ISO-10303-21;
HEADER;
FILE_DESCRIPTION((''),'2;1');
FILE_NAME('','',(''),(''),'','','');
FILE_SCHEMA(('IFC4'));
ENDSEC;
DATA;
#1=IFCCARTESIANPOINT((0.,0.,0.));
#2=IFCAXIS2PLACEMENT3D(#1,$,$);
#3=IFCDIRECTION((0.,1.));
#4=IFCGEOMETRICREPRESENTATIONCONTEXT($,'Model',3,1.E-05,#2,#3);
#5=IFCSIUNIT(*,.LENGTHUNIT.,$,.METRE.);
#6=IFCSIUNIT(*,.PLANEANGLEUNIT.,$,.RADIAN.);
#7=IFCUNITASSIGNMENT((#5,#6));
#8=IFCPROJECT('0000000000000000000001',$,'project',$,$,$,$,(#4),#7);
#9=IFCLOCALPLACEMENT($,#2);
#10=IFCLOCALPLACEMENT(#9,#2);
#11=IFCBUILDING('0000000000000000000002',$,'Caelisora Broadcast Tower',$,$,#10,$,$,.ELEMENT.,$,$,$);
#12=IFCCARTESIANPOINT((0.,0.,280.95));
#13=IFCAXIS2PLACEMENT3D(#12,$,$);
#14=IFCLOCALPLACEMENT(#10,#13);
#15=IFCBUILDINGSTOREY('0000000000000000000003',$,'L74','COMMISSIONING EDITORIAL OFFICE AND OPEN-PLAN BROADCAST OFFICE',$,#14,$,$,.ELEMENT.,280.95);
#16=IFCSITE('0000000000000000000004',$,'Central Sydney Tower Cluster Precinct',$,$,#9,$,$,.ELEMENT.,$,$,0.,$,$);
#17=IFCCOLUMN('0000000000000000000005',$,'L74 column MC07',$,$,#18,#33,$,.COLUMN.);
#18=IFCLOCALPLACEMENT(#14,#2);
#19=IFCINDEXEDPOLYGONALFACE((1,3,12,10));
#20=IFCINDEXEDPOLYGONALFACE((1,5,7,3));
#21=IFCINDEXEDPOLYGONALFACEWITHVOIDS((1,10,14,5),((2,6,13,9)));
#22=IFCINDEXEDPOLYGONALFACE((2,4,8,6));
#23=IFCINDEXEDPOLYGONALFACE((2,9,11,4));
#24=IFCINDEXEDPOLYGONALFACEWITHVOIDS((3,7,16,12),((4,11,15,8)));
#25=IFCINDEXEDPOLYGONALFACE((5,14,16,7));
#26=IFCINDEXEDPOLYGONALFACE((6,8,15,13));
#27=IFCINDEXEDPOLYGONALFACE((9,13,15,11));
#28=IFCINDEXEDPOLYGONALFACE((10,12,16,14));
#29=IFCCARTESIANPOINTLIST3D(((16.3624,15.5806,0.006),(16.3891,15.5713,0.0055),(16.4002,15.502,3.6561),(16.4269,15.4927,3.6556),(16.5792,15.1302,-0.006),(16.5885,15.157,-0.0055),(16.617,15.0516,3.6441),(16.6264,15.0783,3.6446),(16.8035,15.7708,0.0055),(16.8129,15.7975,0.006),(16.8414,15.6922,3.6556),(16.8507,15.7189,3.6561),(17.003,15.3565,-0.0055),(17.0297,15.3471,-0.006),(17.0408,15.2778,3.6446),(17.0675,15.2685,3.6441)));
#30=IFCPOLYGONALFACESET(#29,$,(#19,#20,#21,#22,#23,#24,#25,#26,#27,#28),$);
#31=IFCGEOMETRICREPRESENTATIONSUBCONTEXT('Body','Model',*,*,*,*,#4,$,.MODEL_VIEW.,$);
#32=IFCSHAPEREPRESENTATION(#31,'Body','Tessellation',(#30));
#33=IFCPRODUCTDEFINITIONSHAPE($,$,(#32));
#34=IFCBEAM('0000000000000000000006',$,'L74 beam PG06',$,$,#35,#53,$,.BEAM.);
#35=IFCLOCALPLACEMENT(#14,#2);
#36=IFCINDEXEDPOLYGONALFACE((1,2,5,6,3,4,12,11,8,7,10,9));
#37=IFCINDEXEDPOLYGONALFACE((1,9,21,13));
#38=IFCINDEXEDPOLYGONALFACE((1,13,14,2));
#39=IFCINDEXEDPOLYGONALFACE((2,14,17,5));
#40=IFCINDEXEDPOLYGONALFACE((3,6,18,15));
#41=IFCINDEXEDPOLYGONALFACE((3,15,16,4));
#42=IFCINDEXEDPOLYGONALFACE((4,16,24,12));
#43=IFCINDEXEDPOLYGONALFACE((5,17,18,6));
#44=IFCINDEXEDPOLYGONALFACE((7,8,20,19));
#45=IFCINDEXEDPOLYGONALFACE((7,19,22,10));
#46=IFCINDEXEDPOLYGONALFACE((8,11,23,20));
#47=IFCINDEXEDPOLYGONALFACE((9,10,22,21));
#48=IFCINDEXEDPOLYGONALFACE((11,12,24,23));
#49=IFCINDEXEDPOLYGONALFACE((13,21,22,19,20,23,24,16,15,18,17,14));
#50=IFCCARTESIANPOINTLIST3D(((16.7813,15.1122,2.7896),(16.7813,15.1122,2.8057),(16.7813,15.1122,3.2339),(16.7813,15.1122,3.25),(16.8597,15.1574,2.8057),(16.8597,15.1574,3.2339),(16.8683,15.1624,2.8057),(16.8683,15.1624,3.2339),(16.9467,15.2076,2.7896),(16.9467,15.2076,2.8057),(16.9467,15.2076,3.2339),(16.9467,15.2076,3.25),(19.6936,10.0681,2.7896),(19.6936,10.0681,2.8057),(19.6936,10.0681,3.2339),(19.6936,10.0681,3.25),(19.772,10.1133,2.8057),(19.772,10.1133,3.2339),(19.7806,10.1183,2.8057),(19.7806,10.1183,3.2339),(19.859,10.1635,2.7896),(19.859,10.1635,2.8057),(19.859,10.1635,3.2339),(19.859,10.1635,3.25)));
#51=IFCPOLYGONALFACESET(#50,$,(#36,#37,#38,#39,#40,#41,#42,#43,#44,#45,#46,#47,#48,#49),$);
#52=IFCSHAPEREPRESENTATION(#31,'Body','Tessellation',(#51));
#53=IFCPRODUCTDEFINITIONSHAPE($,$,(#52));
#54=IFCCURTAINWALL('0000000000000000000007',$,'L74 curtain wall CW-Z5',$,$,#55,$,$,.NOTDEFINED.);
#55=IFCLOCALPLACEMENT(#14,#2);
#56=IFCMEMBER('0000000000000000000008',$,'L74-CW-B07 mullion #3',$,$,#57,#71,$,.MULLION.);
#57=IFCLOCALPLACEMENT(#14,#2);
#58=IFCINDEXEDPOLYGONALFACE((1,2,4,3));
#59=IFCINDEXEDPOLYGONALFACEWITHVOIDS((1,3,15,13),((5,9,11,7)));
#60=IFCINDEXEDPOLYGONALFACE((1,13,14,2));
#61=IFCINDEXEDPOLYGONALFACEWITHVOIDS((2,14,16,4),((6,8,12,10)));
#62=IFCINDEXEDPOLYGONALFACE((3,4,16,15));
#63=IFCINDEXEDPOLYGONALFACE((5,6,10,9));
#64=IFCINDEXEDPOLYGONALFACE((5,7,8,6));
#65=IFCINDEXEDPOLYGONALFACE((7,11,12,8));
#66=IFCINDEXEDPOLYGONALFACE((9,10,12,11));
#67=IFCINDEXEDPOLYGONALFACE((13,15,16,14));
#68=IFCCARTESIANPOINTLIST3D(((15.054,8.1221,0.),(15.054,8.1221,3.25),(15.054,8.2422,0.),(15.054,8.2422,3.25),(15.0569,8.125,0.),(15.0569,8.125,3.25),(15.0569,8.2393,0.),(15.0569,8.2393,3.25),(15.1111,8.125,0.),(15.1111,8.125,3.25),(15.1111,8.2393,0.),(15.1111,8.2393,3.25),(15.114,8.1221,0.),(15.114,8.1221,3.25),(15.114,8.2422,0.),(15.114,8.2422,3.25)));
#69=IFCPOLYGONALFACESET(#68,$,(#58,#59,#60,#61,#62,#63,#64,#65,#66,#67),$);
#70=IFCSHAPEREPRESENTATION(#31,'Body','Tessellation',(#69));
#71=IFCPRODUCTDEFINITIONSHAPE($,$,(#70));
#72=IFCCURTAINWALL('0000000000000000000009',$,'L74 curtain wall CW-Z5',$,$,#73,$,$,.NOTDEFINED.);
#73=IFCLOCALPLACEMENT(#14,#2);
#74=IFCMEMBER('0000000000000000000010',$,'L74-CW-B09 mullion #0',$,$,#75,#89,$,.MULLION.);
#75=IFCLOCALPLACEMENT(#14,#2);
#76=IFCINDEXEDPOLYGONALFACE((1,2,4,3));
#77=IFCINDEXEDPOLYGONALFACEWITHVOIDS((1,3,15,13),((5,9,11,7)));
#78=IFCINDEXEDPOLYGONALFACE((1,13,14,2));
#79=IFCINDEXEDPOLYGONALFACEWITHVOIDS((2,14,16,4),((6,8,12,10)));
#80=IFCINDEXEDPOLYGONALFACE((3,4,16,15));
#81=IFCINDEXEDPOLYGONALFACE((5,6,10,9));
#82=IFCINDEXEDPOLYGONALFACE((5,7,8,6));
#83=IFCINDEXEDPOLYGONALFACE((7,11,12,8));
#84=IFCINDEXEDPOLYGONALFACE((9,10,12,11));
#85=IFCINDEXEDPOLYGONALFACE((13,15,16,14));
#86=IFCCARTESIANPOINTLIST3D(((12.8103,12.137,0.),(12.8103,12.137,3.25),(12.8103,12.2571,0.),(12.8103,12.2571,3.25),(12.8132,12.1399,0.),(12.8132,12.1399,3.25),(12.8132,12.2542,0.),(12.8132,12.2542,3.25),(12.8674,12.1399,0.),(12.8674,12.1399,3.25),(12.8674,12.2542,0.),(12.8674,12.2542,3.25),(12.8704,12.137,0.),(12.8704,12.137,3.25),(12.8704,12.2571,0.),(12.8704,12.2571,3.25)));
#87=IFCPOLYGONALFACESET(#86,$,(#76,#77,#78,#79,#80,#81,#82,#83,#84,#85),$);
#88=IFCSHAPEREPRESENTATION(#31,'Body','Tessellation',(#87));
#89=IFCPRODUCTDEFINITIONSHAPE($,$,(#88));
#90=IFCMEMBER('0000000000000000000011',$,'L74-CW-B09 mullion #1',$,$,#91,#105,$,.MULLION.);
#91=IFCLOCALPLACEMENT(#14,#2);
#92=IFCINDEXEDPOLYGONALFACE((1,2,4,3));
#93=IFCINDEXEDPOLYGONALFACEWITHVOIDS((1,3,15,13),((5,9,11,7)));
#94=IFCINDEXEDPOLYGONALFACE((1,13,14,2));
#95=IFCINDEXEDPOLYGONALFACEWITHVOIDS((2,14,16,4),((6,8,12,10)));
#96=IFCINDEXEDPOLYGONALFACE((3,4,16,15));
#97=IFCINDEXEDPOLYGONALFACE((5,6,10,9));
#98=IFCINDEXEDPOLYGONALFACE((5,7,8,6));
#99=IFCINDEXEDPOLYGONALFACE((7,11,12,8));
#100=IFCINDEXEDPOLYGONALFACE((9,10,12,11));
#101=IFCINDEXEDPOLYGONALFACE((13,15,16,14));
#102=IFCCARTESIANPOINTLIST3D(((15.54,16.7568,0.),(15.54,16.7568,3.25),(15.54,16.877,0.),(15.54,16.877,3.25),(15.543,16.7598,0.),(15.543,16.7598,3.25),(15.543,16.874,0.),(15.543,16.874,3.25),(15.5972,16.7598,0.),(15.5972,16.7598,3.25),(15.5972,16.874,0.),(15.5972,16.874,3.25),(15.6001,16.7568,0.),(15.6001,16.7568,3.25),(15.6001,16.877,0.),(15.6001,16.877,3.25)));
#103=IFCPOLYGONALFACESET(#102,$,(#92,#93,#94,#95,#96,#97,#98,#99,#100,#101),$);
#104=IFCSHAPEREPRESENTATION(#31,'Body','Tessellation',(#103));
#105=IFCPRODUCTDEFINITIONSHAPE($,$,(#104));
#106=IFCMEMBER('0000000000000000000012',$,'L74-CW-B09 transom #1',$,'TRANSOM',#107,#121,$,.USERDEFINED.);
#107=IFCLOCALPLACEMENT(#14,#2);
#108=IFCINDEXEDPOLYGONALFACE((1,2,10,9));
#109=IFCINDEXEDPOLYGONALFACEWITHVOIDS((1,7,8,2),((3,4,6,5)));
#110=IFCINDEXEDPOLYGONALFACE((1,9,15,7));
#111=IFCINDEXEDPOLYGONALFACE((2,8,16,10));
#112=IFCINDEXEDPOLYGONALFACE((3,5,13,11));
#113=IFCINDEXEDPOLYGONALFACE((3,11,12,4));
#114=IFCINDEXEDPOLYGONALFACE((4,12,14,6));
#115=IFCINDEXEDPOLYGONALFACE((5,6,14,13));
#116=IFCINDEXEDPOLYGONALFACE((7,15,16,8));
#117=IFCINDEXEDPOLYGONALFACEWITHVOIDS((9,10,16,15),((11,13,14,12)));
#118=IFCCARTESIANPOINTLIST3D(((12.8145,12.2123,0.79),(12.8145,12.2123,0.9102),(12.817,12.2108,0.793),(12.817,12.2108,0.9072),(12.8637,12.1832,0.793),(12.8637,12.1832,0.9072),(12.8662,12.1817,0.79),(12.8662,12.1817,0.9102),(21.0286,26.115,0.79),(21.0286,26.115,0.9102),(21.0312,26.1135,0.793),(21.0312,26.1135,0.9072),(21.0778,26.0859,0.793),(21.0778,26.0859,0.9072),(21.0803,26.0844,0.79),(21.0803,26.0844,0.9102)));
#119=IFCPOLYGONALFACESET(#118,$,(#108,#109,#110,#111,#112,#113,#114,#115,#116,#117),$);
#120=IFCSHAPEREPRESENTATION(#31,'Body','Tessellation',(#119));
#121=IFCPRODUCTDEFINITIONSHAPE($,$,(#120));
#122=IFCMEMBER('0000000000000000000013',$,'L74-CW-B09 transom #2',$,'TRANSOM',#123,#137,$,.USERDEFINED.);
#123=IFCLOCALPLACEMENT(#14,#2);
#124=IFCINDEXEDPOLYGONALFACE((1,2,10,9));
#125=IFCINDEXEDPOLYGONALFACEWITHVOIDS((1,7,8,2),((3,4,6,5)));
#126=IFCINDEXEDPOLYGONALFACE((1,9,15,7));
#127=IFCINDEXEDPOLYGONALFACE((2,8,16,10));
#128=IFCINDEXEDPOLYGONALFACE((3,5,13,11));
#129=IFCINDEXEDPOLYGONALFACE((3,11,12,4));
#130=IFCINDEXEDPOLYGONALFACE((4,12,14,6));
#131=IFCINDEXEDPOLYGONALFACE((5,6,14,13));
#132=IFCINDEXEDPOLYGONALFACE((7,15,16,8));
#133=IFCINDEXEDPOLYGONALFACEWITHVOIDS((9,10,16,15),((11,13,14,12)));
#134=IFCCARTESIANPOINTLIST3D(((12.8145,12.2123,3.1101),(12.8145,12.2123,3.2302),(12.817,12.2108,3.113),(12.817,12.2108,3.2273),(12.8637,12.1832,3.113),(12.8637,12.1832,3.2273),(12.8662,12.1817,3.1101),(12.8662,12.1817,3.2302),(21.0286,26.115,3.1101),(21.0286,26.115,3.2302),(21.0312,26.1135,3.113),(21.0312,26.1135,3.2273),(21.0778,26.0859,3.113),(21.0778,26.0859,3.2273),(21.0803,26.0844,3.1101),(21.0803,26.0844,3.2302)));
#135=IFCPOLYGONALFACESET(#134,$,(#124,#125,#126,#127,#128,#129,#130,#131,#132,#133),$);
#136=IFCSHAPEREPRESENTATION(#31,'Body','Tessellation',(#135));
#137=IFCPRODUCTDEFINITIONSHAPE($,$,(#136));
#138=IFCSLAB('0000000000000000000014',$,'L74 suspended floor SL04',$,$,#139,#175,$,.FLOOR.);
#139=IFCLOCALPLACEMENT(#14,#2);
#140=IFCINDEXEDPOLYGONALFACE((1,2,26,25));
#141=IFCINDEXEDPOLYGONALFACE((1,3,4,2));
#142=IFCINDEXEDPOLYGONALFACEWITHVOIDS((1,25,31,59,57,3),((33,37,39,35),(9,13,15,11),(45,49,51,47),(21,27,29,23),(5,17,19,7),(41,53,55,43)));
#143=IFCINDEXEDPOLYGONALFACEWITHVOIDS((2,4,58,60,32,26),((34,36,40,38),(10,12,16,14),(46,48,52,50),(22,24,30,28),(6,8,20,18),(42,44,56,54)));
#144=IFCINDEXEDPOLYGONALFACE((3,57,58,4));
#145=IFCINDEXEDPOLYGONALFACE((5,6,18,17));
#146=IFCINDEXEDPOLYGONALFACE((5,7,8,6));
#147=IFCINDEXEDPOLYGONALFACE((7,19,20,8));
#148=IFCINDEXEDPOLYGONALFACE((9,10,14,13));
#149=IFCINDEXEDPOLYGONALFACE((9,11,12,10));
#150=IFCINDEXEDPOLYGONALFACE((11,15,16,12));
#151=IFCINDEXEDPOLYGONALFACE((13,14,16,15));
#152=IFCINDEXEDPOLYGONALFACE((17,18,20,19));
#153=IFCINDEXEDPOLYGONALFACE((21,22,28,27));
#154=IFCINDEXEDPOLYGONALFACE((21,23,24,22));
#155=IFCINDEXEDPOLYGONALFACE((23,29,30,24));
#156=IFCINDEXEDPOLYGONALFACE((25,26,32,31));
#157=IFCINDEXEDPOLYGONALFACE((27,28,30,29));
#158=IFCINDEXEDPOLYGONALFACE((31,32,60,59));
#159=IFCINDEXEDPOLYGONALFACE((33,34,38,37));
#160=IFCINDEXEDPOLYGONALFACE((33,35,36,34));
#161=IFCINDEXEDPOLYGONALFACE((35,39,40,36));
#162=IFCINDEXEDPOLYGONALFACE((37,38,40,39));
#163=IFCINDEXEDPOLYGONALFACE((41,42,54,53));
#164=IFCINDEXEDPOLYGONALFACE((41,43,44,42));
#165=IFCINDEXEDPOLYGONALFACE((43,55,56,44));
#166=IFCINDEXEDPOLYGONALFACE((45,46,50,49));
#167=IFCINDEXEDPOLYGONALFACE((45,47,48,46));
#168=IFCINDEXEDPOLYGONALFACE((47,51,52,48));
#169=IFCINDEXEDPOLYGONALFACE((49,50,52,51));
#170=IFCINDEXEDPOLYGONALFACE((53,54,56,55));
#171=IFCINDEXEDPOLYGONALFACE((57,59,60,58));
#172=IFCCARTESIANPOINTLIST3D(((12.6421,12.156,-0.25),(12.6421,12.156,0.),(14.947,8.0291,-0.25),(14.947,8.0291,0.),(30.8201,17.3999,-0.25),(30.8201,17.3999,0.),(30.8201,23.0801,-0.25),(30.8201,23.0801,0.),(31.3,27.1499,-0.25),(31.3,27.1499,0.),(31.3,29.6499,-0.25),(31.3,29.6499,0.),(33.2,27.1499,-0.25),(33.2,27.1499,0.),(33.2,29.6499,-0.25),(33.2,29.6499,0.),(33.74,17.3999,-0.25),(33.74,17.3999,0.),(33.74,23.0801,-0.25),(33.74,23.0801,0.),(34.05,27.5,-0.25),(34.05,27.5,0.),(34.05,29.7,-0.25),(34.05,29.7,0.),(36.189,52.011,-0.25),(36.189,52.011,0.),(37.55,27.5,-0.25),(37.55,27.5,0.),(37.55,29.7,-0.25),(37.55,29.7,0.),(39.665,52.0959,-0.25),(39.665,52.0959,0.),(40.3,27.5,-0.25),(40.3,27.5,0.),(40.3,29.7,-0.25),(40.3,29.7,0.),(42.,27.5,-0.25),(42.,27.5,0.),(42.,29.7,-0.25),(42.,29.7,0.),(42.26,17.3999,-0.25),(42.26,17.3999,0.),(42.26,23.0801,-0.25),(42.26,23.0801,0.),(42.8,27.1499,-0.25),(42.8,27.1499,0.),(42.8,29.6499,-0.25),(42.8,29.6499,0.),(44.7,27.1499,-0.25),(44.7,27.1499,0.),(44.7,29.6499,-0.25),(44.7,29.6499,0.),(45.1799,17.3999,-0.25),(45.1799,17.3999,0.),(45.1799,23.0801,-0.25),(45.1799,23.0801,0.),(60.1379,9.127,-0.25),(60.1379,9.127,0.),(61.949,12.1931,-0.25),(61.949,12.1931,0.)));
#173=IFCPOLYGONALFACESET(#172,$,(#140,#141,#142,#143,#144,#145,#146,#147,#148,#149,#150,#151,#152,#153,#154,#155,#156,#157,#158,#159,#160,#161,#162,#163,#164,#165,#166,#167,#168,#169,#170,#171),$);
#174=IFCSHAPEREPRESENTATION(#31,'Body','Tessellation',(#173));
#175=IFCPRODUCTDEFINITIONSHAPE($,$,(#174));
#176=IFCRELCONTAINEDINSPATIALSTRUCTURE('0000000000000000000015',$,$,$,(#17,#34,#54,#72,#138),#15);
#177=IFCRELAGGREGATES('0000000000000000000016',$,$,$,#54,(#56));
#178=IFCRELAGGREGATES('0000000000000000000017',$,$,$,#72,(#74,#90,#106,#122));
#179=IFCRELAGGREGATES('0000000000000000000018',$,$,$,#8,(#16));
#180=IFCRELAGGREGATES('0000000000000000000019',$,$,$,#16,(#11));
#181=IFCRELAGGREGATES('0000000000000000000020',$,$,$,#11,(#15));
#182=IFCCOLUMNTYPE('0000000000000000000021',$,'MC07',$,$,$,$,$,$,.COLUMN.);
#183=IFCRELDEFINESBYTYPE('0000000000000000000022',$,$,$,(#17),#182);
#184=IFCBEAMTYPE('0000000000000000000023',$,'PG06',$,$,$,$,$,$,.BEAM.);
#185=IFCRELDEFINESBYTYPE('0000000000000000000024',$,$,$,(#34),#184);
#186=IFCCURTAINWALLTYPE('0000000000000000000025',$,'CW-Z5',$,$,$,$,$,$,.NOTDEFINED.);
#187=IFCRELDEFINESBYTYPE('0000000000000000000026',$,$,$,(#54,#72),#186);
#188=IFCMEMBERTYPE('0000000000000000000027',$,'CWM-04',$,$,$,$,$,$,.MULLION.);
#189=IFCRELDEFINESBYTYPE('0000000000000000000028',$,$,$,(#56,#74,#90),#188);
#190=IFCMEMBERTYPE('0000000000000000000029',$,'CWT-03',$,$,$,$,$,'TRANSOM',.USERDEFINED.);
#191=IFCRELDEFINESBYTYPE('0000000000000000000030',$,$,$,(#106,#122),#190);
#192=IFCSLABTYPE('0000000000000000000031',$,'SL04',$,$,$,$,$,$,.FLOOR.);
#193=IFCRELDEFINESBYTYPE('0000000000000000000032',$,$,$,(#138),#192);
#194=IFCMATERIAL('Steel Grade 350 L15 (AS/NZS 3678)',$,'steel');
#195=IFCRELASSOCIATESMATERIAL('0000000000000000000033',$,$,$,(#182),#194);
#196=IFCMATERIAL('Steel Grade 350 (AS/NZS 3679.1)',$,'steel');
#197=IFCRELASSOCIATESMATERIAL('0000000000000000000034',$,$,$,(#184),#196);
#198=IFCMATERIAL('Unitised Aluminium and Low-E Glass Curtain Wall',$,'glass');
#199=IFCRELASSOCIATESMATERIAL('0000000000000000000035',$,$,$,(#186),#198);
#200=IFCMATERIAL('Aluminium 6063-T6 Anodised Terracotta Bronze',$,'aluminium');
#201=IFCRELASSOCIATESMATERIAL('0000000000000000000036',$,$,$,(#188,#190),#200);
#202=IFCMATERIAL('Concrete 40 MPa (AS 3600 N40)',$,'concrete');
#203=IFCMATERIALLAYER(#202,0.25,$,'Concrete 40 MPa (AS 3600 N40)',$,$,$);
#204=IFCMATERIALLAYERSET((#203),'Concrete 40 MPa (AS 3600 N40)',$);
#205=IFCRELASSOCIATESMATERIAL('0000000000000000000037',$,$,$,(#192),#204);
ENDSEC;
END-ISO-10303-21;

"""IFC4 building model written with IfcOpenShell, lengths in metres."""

from ifc_helpers import new_model, si_unit, direction, frame, origin, origin_2d, place, context, subcontext, project, spatial, polyline, hollow_rectangle, i_section, outline, extrude, source, transform, mapped, material, layer, layer_set, material_profile, profile_set, type_object, type_shapes, element, aggregate, save


model = new_model("IFC4")

# Units and contexts
model_context = context("Model", 3, precision=1e-05, world=origin(), true_north=direction((0.0, 1.0)))
body_context = subcontext(model_context, "Body", "Model", "MODEL_VIEW")
ifc_project = project(units=[si_unit("LENGTHUNIT", "METRE"), si_unit("PLANEANGLEUNIT", "RADIAN")], contexts=[model_context])

# Site, building, storey
site_placement = place(None, origin())
site = spatial("IfcSite", under=ifc_project, at=site_placement, Name="Central Sydney Tower Cluster Precinct", CompositionType="ELEMENT", RefElevation=0.0)
building_placement = place(site_placement, origin())
building = spatial("IfcBuilding", under=site, at=building_placement, Name="Caelisora Broadcast Tower", CompositionType="ELEMENT")
storey_placement = place(building_placement, frame((0.0, 0.0, 280.95)))
storey = spatial("IfcBuildingStorey", under=building, at=storey_placement, Name="L74", Description="COMMISSIONING EDITORIAL OFFICE AND OPEN-PLAN BROADCAST OFFICE", CompositionType="ELEMENT", Elevation=280.95)

# Column
ifc_material_1 = material(Name="Steel Grade 350 L15 (AS/NZS 3678)", Category="steel")
ifc_material_profile_1 = material_profile(ifc_material_1, hollow_rectangle(XDim=0.5, YDim=0.5, WallThickness=0.02, at=origin_2d()), Name="Steel Grade 350 L15 (AS/NZS 3678)")
ifc_profile_set_1 = profile_set([ifc_material_profile_1], Name="Steel Grade 350 L15 (AS/NZS 3678)")
column_type = type_object("IfcColumnType", Name="MC07", PredefinedType="COLUMN", material=ifc_profile_set_1)
shared_shape_1 = source(origin(), body_context, "Body", "SweptSolid", [
    extrude(hollow_rectangle(XDim=0.5, YDim=0.5, WallThickness=0.02, at=origin_2d()), origin(), (0.0, 0.0, 1.0), 3.6511),
])
type_shapes(column_type, [shared_shape_1])
column_placement = place(storey_placement, frame((16.696, 15.4639, 0.0), z_axis=(0.010364, -0.021531, 0.999714), x_axis=(0.901042, 0.433731, 0.0)))
element("IfcColumn", 1, at=column_placement, inside=storey, type_object=column_type, Name="L74 column MC07", PredefinedType="COLUMN", context=body_context, shape_type="MappedRepresentation", body=[
    mapped(shared_shape_1, transform((0.0, 0.0, 0.0), scale=1.0)),
])

# Beam
ifc_material_2 = material(Name="Steel Grade 350 (AS/NZS 3679.1)", Category="steel")
ifc_material_profile_2 = material_profile(ifc_material_2, i_section(OverallWidth=0.1909, OverallDepth=0.4604, WebThickness=0.01, FlangeThickness=0.0161, at=origin_2d()), Name="Steel Grade 350 (AS/NZS 3679.1)")
ifc_profile_set_2 = profile_set([ifc_material_profile_2], Name="Steel Grade 350 (AS/NZS 3679.1)")
beam_type = type_object("IfcBeamType", Name="PG06", PredefinedType="BEAM", material=ifc_profile_set_2)
shared_shape_2 = source(origin(), body_context, "Body", "SweptSolid", [
    extrude(i_section(OverallWidth=0.1909, OverallDepth=0.4604, WebThickness=0.01, FlangeThickness=0.0161, at=origin_2d()), origin(), (0.0, 0.0, 1.0), 5.8245),
])
type_shapes(beam_type, [shared_shape_2])
beam_placement = place(storey_placement, frame((16.864, 15.1599, 3.0198), z_axis=(0.500012, -0.866019, 0.0), x_axis=(0.866019, 0.500012, 0.0)))
element("IfcBeam", 2, at=beam_placement, inside=storey, type_object=beam_type, Name="L74 beam PG06", PredefinedType="BEAM", context=body_context, shape_type="MappedRepresentation", body=[
    mapped(shared_shape_2, transform((0.0, 0.0, 0.0), scale=1.0)),
])

# Curtain wall, member
ifc_material_3 = material(Name="Unitised Aluminium and Low-E Glass Curtain Wall", Category="glass")
curtain_wall_type = type_object("IfcCurtainWallType", Name="CW-Z5", PredefinedType="NOTDEFINED", material=ifc_material_3)
curtain_wall_1_placement = place(storey_placement, origin())
curtain_wall_1 = element("IfcCurtainWall", 3, at=curtain_wall_1_placement, inside=storey, type_object=curtain_wall_type, Name="L74 curtain wall CW-Z5", PredefinedType="NOTDEFINED")
ifc_material_4 = material(Name="Aluminium 6063-T6 Anodised Terracotta Bronze", Category="aluminium")
ifc_material_profile_3 = material_profile(ifc_material_4, hollow_rectangle(XDim=0.0601, YDim=0.1201, WallThickness=0.0029, at=origin_2d()), Name="Aluminium 6063-T6 Anodised Terracotta Bronze")
ifc_profile_set_3 = profile_set([ifc_material_profile_3], Name="Aluminium 6063-T6 Anodised Terracotta Bronze")
member_type_1 = type_object("IfcMemberType", Name="CWM-04", PredefinedType="MULLION", material=ifc_profile_set_3)
shared_shape_3 = source(origin(), body_context, "Body", "SweptSolid", [
    extrude(hollow_rectangle(XDim=0.0601, YDim=0.1201, WallThickness=0.0029, at=origin_2d()), origin(), (0.0, 0.0, 1.0), 3.25),
])
type_shapes(member_type_1, [shared_shape_3])
member_1_placement = place(storey_placement, frame((15.084, 8.1821, 0.0), z_axis=(0.0, 0.0, 1.0), x_axis=(1.0, 0.0, 0.0)))
member_1 = element("IfcMember", 4, at=member_1_placement, type_object=member_type_1, Name="L74-CW-B07 mullion #3", PredefinedType="MULLION", context=body_context, shape_type="MappedRepresentation", body=[
    mapped(shared_shape_3, transform((0.0, 0.0, 0.0), scale=1.0)),
])

# Curtain wall, members
curtain_wall_2_placement = place(storey_placement, origin())
curtain_wall_2 = element("IfcCurtainWall", 5, at=curtain_wall_2_placement, inside=storey, type_object=curtain_wall_type, Name="L74 curtain wall CW-Z5", PredefinedType="NOTDEFINED")
member_2_placement = place(storey_placement, frame((12.8403, 12.197, 0.0), z_axis=(0.0, 0.0, 1.0), x_axis=(1.0, 0.0, 0.0)))
member_2 = element("IfcMember", 6, at=member_2_placement, type_object=member_type_1, Name="L74-CW-B09 mullion #0", PredefinedType="MULLION", context=body_context, shape_type="MappedRepresentation", body=[
    mapped(shared_shape_3, transform((0.0, 0.0, 0.0), scale=1.0)),
])
member_3_placement = place(storey_placement, frame((15.5701, 16.8169, 0.0), z_axis=(0.0, 0.0, 1.0), x_axis=(1.0, 0.0, 0.0)))
member_3 = element("IfcMember", 7, at=member_3_placement, type_object=member_type_1, Name="L74-CW-B09 mullion #1", PredefinedType="MULLION", context=body_context, shape_type="MappedRepresentation", body=[
    mapped(shared_shape_3, transform((0.0, 0.0, 0.0), scale=1.0)),
])
ifc_material_profile_4 = material_profile(ifc_material_4, hollow_rectangle(XDim=0.0601, YDim=0.1201, WallThickness=0.0029, at=origin_2d()), Name="Aluminium 6063-T6 Anodised Terracotta Bronze")
ifc_profile_set_4 = profile_set([ifc_material_profile_4], Name="Aluminium 6063-T6 Anodised Terracotta Bronze")
member_type_2 = type_object("IfcMemberType", Name="CWT-03", ElementType="TRANSOM", PredefinedType="USERDEFINED", material=ifc_profile_set_4)
shared_shape_4 = source(origin(), body_context, "Body", "SweptSolid", [
    extrude(hollow_rectangle(XDim=0.0601, YDim=0.1201, WallThickness=0.0029, at=origin_2d()), origin(), (0.0, 0.0, 1.0), 16.1479),
])
type_shapes(member_type_2, [shared_shape_4])
member_4_placement = place(storey_placement, frame((12.8403, 12.197, 0.8501), z_axis=(0.508681, 0.860955, 0.0), x_axis=(-0.860955, 0.508681, 0.0)))
member_4 = element("IfcMember", 8, at=member_4_placement, type_object=member_type_2, Name="L74-CW-B09 transom #1", ObjectType="TRANSOM", PredefinedType="USERDEFINED", context=body_context, shape_type="MappedRepresentation", body=[
    mapped(shared_shape_4, transform((0.0, 0.0, 0.0), scale=1.0)),
])
member_5_placement = place(storey_placement, frame((12.8403, 12.197, 3.1702), z_axis=(0.508681, 0.860955, 0.0), x_axis=(-0.860955, 0.508681, 0.0)))
member_5 = element("IfcMember", 9, at=member_5_placement, type_object=member_type_2, Name="L74-CW-B09 transom #2", ObjectType="TRANSOM", PredefinedType="USERDEFINED", context=body_context, shape_type="MappedRepresentation", body=[
    mapped(shared_shape_4, transform((0.0, 0.0, 0.0), scale=1.0)),
])

# Slab
ifc_material_5 = material(Name="Concrete 40 MPa (AS 3600 N40)", Category="concrete")
ifc_layer_1 = layer(ifc_material_5, 0.25, Name="Concrete 40 MPa (AS 3600 N40)")
ifc_layer_set_1 = layer_set([ifc_layer_1], Name="Concrete 40 MPa (AS 3600 N40)")
slab_type_1 = type_object("IfcSlabType", Name="SL04", PredefinedType="FLOOR", material=ifc_layer_set_1)
slab_1_placement = place(storey_placement, frame((0.0, 0.0, -0.25)))
element("IfcSlab", 10, at=slab_1_placement, inside=storey, type_object=slab_type_1, Name="L74 suspended floor SL04", PredefinedType="FLOOR", context=body_context, shape_type="SweptSolid", body=[
    extrude(outline(polyline([(39.665, 52.0959), (36.189, 52.011), (12.6421, 12.156), (14.947, 8.0291), (60.1379, 9.127), (61.949, 12.1931), (39.665, 52.0959)]), holes=[polyline([(30.8201, 17.3999), (33.74, 17.3999), (33.74, 23.0801), (30.8201, 23.0801), (30.8201, 17.3999)]), polyline([(42.26, 17.3999), (45.1799, 17.3999), (45.1799, 23.0801), (42.26, 23.0801), (42.26, 17.3999)]), polyline([(42.8, 27.1499), (44.7, 27.1499), (44.7, 29.6499), (42.8, 29.6499), (42.8, 27.1499)]), polyline([(40.3, 27.5), (42.0, 27.5), (42.0, 29.7), (40.3, 29.7), (40.3, 27.5)]), polyline([(34.05, 27.5), (37.55, 27.5), (37.55, 29.7), (34.05, 29.7), (34.05, 27.5)]), polyline([(31.3, 27.1499), (33.2, 27.1499), (33.2, 29.6499), (31.3, 29.6499), (31.3, 27.1499)])]), origin(), (0.0, 0.0, 1.0), 0.25),
])

aggregate(curtain_wall_1, [member_1])
aggregate(curtain_wall_2, [member_2, member_3, member_4, member_5])

save(model, "model.ifc")
